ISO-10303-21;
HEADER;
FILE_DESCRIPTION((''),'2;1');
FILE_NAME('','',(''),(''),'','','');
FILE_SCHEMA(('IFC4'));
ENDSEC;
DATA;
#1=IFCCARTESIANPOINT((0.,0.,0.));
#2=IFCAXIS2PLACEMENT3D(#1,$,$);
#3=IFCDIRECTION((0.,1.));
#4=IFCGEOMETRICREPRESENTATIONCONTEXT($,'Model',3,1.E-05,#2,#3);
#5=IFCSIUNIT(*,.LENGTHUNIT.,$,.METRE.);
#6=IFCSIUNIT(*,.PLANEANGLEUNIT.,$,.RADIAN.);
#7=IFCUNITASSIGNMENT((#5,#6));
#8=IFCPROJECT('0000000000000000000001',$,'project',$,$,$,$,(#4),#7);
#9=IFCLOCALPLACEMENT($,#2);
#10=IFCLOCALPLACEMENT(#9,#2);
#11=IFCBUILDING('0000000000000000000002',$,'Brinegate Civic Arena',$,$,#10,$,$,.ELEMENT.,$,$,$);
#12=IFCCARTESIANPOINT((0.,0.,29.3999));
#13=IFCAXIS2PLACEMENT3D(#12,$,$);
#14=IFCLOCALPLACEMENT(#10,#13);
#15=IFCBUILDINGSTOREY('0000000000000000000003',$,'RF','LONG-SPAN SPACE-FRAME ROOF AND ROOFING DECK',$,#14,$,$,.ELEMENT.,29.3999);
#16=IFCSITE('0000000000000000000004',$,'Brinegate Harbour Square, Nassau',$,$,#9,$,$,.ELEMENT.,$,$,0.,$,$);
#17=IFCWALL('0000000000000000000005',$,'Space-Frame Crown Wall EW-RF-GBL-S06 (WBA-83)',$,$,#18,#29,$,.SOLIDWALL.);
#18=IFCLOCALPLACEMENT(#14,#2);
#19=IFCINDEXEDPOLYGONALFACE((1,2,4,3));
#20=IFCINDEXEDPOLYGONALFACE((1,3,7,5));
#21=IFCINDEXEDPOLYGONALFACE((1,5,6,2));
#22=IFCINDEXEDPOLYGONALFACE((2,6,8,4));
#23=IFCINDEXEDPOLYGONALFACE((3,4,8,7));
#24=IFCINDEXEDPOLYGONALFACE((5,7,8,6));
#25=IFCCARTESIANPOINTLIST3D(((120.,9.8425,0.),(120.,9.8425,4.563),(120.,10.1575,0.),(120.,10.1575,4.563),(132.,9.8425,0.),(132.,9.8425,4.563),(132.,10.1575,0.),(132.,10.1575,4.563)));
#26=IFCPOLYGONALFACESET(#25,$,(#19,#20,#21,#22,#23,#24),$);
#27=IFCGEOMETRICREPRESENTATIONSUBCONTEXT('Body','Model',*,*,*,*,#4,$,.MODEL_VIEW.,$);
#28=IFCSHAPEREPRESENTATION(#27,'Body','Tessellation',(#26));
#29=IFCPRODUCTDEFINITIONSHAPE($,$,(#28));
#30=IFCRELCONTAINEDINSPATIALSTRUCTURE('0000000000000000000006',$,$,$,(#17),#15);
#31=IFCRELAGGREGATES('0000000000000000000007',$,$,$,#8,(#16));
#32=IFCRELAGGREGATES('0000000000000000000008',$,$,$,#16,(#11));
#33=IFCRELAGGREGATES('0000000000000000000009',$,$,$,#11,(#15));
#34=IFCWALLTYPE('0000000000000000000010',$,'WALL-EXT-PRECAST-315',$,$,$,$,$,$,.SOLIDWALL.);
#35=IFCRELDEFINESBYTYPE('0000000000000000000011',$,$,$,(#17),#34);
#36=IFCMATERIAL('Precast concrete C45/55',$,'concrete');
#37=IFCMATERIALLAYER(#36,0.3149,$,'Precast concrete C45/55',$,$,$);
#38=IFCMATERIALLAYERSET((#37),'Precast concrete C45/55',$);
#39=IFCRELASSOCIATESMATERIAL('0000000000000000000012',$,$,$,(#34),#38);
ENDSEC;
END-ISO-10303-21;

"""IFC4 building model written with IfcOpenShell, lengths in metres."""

from ifc_helpers import new_model, si_unit, direction, frame, frame_2d, origin, place, context, subcontext, project, spatial, rectangle, extrude, material, layer, layer_set, type_object, element, save


model = new_model("IFC4")

# Units and contexts
model_context = context("Model", 3, precision=1e-05, world=origin(), true_north=direction((0.0, 1.0)))
body_context = subcontext(model_context, "Body", "Model", "MODEL_VIEW")
ifc_project = project(units=[si_unit("LENGTHUNIT", "METRE"), si_unit("PLANEANGLEUNIT", "RADIAN")], contexts=[model_context])

# Site, building, storey
site_placement = place(None, origin())
site = spatial("IfcSite", under=ifc_project, at=site_placement, Name="Brinegate Harbour Square, Nassau", CompositionType="ELEMENT", RefElevation=0.0)
building_placement = place(site_placement, origin())
building = spatial("IfcBuilding", under=site, at=building_placement, Name="Brinegate Civic Arena", CompositionType="ELEMENT")
storey_placement = place(building_placement, frame((0.0, 0.0, 29.3999)))
storey = spatial("IfcBuildingStorey", under=building, at=storey_placement, Name="RF", Description="LONG-SPAN SPACE-FRAME ROOF AND ROOFING DECK", CompositionType="ELEMENT", Elevation=29.3999)

# Wall
ifc_material_1 = material(Name="Precast concrete C45/55", Category="concrete")
ifc_layer_1 = layer(ifc_material_1, 0.3149, Name="Precast concrete C45/55")
ifc_layer_set_1 = layer_set([ifc_layer_1], Name="Precast concrete C45/55")
wall_type = type_object("IfcWallType", Name="WALL-EXT-PRECAST-315", PredefinedType="SOLIDWALL", material=ifc_layer_set_1)
wall_placement = place(storey_placement, frame((120.0, 10.0, 0.0), z_axis=(0.0, 0.0, 1.0), x_axis=(1.0, 0.0, 0.0)))
element("IfcWall", 1, at=wall_placement, inside=storey, type_object=wall_type, Name="Space-Frame Crown Wall EW-RF-GBL-S06 (WBA-83)", PredefinedType="SOLIDWALL", context=body_context, shape_type="SweptSolid", body=[
    extrude(rectangle(XDim=12.0, YDim=0.3149, at=frame_2d((6.0, 0.0))), origin(), (0.0, 0.0, 1.0), 4.563),
])

save(model, "model.ifc")
